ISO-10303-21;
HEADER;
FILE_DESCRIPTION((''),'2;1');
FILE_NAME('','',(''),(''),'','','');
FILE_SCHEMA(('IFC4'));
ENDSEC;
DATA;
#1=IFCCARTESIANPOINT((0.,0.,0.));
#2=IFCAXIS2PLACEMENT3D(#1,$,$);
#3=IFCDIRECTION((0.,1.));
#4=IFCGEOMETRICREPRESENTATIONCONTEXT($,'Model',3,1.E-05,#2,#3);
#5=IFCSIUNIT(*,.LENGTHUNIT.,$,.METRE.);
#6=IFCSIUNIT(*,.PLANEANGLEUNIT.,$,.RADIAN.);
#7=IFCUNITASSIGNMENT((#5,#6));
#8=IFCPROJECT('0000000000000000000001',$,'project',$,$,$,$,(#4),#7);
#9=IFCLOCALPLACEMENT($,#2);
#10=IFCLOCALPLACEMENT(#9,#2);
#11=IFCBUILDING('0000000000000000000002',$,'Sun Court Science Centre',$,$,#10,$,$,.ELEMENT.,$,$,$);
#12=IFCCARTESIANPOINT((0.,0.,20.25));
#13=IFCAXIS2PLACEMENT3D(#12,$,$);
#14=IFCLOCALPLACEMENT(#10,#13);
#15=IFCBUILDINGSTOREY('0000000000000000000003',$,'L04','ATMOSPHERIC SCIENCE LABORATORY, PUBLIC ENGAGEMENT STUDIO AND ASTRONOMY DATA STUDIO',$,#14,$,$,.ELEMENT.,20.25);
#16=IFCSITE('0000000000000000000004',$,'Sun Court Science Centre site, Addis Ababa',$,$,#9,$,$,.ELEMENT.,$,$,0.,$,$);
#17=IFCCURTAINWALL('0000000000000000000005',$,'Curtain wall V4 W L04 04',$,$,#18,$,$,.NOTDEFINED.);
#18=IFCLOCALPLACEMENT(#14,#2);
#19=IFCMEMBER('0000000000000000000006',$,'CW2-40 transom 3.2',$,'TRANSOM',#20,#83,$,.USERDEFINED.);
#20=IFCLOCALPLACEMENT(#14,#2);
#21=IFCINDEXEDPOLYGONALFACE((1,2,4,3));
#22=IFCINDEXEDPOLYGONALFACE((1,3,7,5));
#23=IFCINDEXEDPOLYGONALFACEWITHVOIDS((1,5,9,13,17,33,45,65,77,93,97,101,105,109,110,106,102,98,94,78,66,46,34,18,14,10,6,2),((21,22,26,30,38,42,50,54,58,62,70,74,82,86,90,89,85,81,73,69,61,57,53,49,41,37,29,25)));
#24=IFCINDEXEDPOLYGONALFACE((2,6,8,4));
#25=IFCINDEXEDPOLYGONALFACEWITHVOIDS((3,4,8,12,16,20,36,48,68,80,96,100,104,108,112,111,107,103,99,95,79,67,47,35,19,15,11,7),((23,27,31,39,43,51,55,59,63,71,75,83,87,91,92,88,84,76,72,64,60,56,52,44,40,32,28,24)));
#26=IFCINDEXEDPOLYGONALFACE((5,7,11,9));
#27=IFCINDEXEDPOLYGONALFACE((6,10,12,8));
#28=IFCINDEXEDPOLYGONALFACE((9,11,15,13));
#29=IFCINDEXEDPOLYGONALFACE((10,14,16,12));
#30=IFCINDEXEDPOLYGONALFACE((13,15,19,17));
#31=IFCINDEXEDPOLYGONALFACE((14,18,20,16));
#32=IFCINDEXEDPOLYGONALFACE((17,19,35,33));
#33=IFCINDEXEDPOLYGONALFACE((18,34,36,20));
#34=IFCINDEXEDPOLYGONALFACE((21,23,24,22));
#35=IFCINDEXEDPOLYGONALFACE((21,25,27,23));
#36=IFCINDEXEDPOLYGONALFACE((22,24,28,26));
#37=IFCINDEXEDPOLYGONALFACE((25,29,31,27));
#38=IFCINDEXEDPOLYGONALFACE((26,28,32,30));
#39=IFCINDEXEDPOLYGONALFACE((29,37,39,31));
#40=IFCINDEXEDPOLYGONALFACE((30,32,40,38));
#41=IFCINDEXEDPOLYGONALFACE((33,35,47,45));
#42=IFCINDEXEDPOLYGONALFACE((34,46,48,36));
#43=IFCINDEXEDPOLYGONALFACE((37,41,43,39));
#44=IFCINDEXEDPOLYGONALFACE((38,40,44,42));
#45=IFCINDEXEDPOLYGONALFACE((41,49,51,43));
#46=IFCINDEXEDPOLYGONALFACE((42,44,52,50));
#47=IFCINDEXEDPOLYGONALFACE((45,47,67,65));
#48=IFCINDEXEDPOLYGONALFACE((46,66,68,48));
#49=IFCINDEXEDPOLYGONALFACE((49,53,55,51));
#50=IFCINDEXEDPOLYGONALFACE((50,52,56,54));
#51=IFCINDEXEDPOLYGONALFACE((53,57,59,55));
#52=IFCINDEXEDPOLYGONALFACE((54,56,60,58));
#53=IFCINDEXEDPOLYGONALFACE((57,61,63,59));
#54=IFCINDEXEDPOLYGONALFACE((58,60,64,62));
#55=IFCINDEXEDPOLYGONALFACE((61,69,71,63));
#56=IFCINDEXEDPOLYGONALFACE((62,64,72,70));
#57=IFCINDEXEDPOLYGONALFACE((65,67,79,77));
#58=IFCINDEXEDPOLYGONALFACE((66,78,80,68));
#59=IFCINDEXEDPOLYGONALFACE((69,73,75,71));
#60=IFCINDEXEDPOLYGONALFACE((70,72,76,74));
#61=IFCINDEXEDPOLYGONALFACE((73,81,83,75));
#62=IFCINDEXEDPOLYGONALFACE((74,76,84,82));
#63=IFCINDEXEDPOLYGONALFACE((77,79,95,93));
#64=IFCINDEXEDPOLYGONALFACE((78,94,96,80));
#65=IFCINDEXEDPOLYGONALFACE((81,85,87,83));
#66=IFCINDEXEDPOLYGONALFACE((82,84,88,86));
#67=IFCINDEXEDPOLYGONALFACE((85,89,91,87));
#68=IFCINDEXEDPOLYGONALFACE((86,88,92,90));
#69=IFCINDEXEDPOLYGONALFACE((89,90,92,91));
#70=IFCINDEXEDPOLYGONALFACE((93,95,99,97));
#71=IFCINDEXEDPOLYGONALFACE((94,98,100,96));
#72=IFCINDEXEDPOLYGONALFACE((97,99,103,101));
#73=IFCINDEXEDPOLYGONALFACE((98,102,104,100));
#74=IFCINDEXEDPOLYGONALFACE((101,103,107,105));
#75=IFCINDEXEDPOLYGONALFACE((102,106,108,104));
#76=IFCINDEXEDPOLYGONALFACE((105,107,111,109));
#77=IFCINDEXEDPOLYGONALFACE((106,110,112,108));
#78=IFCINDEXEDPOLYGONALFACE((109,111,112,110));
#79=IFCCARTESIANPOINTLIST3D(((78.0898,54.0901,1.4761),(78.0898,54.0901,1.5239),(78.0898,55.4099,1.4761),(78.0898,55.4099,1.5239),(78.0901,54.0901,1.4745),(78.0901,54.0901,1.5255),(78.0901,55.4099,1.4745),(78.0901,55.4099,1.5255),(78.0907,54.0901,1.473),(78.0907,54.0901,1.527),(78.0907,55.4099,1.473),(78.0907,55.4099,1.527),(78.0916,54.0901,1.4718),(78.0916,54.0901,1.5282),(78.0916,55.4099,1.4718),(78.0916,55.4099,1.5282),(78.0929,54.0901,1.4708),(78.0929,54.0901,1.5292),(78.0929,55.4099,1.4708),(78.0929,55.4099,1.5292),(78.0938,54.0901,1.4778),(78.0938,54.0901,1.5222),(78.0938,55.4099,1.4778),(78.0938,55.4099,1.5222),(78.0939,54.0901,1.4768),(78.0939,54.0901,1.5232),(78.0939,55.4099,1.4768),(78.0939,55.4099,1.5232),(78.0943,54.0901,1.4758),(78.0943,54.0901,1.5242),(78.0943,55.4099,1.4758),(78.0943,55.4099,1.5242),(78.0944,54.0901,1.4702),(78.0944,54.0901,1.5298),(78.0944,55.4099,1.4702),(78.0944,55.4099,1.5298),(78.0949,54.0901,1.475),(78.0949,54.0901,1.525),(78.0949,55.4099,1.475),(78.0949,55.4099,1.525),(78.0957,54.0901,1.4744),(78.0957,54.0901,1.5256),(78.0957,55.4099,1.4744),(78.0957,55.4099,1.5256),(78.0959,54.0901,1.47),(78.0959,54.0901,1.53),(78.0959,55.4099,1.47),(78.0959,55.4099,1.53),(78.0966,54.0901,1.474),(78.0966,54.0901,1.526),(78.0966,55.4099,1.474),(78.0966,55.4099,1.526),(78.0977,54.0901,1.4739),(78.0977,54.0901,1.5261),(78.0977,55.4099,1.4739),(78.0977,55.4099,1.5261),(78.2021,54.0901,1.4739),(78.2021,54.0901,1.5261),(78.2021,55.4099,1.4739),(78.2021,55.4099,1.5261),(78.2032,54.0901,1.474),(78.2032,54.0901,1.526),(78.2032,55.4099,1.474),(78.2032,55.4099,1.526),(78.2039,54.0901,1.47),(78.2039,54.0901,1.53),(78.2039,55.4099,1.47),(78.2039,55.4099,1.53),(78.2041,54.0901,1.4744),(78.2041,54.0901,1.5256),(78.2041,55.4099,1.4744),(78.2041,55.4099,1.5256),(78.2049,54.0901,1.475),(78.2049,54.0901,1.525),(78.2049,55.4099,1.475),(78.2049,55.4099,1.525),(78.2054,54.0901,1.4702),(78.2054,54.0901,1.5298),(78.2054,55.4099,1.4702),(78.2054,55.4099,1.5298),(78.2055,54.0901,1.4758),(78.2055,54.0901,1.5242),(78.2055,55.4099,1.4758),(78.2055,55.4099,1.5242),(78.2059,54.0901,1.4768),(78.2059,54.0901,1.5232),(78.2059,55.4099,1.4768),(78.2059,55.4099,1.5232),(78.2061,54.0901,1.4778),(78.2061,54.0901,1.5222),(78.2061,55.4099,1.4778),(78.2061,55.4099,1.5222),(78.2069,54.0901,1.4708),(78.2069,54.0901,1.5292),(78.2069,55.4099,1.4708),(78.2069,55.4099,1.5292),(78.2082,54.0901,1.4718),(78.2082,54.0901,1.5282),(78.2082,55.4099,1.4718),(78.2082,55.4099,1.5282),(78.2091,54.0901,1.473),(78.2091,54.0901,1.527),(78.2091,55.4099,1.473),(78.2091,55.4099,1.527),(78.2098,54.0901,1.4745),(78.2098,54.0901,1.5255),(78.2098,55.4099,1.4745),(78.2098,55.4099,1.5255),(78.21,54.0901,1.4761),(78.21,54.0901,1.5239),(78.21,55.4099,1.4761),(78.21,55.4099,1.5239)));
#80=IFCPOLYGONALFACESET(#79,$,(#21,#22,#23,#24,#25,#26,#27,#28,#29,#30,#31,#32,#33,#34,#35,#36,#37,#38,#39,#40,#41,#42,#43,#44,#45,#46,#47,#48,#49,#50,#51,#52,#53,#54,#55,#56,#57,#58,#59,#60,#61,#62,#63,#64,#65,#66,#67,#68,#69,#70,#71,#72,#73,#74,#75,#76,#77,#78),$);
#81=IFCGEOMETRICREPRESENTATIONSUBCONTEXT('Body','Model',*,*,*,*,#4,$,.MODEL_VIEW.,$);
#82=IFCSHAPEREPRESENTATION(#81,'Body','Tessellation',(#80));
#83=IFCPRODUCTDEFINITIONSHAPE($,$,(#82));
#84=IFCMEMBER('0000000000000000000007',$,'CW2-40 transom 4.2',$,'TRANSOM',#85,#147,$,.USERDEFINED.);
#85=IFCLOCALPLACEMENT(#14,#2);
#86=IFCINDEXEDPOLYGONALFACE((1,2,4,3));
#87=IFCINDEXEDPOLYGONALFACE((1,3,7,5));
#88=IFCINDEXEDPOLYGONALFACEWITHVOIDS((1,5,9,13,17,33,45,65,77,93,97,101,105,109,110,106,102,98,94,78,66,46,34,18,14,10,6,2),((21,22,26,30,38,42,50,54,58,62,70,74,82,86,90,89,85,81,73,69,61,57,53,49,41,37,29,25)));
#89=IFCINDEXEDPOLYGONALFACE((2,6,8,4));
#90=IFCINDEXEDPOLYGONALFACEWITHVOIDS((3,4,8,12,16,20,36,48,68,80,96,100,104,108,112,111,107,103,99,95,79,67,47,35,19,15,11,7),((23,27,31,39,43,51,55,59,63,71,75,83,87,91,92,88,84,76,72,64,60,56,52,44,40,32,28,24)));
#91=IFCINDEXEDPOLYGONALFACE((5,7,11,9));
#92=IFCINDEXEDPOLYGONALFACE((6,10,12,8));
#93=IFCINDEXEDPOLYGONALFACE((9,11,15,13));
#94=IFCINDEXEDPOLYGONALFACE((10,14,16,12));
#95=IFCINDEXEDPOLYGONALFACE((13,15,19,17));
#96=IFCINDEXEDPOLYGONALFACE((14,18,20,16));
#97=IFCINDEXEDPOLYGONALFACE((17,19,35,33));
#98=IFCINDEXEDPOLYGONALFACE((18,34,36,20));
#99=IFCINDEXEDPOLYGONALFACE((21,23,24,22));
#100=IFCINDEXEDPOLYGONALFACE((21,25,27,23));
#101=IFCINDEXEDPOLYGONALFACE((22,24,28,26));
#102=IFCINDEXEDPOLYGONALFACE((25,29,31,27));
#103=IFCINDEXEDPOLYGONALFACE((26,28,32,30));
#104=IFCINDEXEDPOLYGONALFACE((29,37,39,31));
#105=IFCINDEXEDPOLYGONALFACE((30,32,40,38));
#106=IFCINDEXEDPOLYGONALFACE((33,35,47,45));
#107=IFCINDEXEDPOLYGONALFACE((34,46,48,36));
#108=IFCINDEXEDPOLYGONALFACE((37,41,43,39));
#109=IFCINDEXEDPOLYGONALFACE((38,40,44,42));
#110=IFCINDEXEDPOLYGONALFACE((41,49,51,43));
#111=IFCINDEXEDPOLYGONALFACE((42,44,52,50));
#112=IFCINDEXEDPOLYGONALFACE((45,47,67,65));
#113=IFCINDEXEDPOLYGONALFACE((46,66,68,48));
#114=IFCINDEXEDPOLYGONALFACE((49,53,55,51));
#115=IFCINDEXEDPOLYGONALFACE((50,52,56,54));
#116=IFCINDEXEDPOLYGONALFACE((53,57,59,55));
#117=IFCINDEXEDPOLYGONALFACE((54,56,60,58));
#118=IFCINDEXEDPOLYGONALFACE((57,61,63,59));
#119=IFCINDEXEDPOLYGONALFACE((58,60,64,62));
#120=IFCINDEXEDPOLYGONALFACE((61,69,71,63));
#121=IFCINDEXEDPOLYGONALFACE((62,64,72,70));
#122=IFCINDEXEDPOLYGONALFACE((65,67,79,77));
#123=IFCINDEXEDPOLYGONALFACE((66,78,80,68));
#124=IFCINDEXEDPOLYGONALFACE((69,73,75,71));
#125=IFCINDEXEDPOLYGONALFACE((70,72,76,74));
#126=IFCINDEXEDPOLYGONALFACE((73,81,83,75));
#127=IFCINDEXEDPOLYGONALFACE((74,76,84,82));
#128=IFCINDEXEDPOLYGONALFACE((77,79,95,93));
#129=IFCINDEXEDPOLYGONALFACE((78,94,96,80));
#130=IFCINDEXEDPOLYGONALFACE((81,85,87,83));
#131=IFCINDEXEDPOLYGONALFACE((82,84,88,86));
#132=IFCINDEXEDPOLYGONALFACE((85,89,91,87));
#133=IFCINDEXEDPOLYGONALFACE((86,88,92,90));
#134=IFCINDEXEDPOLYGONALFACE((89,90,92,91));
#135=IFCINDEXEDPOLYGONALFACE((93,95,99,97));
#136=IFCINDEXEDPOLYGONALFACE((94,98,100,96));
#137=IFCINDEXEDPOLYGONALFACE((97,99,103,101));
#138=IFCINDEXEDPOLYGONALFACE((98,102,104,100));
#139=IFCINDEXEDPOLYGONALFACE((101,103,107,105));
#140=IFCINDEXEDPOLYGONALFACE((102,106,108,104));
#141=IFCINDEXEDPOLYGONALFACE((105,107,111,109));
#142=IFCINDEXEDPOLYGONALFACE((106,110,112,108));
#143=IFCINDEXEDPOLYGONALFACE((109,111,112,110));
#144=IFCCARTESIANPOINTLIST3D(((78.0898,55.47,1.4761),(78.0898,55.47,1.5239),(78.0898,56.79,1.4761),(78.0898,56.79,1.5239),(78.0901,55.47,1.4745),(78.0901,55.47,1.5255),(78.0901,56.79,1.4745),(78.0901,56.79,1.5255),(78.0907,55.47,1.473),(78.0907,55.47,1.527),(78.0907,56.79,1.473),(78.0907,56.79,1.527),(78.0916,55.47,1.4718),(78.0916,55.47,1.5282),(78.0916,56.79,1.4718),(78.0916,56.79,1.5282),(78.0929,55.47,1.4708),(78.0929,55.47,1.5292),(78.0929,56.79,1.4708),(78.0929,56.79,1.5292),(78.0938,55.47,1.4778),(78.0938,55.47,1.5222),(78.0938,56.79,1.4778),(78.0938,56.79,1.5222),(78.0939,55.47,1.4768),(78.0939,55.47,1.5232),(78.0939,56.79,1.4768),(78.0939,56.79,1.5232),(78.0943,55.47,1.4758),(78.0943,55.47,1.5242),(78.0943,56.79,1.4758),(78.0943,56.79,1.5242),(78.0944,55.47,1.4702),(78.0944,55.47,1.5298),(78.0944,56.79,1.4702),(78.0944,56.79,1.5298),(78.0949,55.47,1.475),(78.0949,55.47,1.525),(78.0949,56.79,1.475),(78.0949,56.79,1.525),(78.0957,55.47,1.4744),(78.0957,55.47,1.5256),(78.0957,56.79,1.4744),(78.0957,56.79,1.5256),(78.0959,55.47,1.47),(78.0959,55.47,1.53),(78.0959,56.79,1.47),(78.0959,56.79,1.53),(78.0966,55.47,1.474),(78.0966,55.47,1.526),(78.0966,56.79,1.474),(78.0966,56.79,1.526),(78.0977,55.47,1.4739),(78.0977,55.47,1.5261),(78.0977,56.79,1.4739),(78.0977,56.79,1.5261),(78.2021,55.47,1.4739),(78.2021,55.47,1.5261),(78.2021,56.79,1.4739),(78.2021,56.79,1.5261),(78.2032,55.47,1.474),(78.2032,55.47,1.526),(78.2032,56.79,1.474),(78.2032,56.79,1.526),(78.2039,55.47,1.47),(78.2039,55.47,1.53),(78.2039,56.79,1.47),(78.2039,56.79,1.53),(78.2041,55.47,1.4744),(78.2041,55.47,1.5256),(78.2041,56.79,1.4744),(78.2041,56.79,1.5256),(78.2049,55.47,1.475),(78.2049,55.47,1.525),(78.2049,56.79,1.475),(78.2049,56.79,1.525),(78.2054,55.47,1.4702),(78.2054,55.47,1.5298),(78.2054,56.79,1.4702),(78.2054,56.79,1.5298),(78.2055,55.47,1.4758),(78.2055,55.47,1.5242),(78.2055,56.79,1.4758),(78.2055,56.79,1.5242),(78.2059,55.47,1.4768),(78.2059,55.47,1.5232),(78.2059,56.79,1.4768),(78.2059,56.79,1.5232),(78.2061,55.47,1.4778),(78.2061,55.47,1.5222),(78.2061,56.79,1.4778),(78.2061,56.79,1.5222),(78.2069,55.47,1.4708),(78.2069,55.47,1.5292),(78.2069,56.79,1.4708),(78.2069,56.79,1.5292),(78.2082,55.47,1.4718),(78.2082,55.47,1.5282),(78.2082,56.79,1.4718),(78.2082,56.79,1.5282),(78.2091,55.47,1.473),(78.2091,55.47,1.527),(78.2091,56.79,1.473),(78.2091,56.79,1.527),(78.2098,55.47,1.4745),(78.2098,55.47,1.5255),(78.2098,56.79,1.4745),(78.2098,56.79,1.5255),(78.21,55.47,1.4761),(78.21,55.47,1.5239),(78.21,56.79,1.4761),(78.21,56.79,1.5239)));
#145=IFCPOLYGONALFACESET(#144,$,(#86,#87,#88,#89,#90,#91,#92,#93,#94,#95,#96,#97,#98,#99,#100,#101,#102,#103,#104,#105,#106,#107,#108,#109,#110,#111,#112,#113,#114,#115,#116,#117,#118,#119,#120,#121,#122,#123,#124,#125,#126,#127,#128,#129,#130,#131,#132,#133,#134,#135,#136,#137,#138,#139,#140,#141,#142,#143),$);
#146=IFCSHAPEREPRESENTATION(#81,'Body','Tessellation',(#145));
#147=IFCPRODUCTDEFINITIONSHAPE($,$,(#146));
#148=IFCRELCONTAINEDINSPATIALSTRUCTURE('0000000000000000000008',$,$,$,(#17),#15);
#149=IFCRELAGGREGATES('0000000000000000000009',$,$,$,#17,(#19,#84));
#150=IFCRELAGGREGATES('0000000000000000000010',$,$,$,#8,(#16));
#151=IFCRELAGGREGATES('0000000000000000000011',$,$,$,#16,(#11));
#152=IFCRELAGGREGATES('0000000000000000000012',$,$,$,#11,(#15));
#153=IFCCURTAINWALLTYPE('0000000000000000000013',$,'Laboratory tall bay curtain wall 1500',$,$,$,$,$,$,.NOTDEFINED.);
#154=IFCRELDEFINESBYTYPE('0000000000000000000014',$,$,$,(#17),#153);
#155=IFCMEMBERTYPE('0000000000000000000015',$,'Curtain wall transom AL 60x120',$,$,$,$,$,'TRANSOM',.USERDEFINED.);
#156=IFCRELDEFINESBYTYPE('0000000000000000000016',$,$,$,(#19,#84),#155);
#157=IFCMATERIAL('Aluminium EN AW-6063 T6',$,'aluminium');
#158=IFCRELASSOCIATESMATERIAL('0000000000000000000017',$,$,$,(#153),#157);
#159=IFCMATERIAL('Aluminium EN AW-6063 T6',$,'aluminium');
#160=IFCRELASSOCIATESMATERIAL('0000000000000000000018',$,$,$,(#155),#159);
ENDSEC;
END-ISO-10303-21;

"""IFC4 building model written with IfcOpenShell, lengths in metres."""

from ifc_helpers import new_model, si_unit, direction, frame, origin, origin_2d, place, context, subcontext, project, spatial, hollow_rectangle, extrude, material, material_profile, profile_set, type_object, element, aggregate, save


model = new_model("IFC4")

# Units and contexts
model_context = context("Model", 3, precision=1e-05, world=origin(), true_north=direction((0.0, 1.0)))
body_context = subcontext(model_context, "Body", "Model", "MODEL_VIEW")
ifc_project = project(units=[si_unit("LENGTHUNIT", "METRE"), si_unit("PLANEANGLEUNIT", "RADIAN")], contexts=[model_context])

# Site, building, storey
site_placement = place(None, origin())
site = spatial("IfcSite", under=ifc_project, at=site_placement, Name="Sun Court Science Centre site, Addis Ababa", CompositionType="ELEMENT", RefElevation=0.0)
building_placement = place(site_placement, origin())
building = spatial("IfcBuilding", under=site, at=building_placement, Name="Sun Court Science Centre", CompositionType="ELEMENT")
storey_placement = place(building_placement, frame((0.0, 0.0, 20.25)))
storey = spatial("IfcBuildingStorey", under=building, at=storey_placement, Name="L04", Description="ATMOSPHERIC SCIENCE LABORATORY, PUBLIC ENGAGEMENT STUDIO AND ASTRONOMY DATA STUDIO", CompositionType="ELEMENT", Elevation=20.25)

# Curtain wall
ifc_material_1 = material(Name="Aluminium EN AW-6063 T6", Category="aluminium")
curtain_wall_type = type_object("IfcCurtainWallType", Name="Laboratory tall bay curtain wall 1500", PredefinedType="NOTDEFINED", material=ifc_material_1)
curtain_wall_1_placement = place(storey_placement, origin())
curtain_wall_1 = element("IfcCurtainWall", 1, at=curtain_wall_1_placement, inside=storey, type_object=curtain_wall_type, Name="Curtain wall V4 W L04 04", PredefinedType="NOTDEFINED")

# Members
ifc_material_2 = material(Name="Aluminium EN AW-6063 T6", Category="aluminium")
ifc_material_profile_1 = material_profile(ifc_material_2, hollow_rectangle(XDim=0.0601, YDim=0.1201, WallThickness=0.0039, InnerFilletRadius=0.0039, OuterFilletRadius=0.0061, at=origin_2d()), Name="AL 60x120x4")
ifc_profile_set_1 = profile_set([ifc_material_profile_1], Name="Aluminium EN AW-6063 T6")
member_type_1 = type_object("IfcMemberType", Name="Curtain wall transom AL 60x120", ElementType="TRANSOM", PredefinedType="USERDEFINED", material=ifc_profile_set_1)
member_1_placement = place(storey_placement, frame((78.1499, 54.0901, 1.5), z_axis=(0.0, 1.0, 0.0), x_axis=(0.0, 0.0, 1.0)))
member_1 = element("IfcMember", 2, at=member_1_placement, type_object=member_type_1, Name="CW2-40 transom 3.2", ObjectType="TRANSOM", PredefinedType="USERDEFINED", context=body_context, shape_type="SweptSolid", body=[
    extrude(hollow_rectangle(XDim=0.0601, YDim=0.1201, WallThickness=0.0039, InnerFilletRadius=0.0039, OuterFilletRadius=0.0061, at=origin_2d()), origin(), (0.0, 0.0, 1.0), 1.3198),
])
member_2_placement = place(storey_placement, frame((78.1499, 55.47, 1.5), z_axis=(0.0, 1.0, 0.0), x_axis=(0.0, 0.0, 1.0)))
member_2 = element("IfcMember", 3, at=member_2_placement, type_object=member_type_1, Name="CW2-40 transom 4.2", ObjectType="TRANSOM", PredefinedType="USERDEFINED", context=body_context, shape_type="SweptSolid", body=[
    extrude(hollow_rectangle(XDim=0.0601, YDim=0.1201, WallThickness=0.0039, InnerFilletRadius=0.0039, OuterFilletRadius=0.0061, at=origin_2d()), origin(), (0.0, 0.0, 1.0), 1.3201),
])

aggregate(curtain_wall_1, [member_1, member_2])

save(model, "model.ifc")
